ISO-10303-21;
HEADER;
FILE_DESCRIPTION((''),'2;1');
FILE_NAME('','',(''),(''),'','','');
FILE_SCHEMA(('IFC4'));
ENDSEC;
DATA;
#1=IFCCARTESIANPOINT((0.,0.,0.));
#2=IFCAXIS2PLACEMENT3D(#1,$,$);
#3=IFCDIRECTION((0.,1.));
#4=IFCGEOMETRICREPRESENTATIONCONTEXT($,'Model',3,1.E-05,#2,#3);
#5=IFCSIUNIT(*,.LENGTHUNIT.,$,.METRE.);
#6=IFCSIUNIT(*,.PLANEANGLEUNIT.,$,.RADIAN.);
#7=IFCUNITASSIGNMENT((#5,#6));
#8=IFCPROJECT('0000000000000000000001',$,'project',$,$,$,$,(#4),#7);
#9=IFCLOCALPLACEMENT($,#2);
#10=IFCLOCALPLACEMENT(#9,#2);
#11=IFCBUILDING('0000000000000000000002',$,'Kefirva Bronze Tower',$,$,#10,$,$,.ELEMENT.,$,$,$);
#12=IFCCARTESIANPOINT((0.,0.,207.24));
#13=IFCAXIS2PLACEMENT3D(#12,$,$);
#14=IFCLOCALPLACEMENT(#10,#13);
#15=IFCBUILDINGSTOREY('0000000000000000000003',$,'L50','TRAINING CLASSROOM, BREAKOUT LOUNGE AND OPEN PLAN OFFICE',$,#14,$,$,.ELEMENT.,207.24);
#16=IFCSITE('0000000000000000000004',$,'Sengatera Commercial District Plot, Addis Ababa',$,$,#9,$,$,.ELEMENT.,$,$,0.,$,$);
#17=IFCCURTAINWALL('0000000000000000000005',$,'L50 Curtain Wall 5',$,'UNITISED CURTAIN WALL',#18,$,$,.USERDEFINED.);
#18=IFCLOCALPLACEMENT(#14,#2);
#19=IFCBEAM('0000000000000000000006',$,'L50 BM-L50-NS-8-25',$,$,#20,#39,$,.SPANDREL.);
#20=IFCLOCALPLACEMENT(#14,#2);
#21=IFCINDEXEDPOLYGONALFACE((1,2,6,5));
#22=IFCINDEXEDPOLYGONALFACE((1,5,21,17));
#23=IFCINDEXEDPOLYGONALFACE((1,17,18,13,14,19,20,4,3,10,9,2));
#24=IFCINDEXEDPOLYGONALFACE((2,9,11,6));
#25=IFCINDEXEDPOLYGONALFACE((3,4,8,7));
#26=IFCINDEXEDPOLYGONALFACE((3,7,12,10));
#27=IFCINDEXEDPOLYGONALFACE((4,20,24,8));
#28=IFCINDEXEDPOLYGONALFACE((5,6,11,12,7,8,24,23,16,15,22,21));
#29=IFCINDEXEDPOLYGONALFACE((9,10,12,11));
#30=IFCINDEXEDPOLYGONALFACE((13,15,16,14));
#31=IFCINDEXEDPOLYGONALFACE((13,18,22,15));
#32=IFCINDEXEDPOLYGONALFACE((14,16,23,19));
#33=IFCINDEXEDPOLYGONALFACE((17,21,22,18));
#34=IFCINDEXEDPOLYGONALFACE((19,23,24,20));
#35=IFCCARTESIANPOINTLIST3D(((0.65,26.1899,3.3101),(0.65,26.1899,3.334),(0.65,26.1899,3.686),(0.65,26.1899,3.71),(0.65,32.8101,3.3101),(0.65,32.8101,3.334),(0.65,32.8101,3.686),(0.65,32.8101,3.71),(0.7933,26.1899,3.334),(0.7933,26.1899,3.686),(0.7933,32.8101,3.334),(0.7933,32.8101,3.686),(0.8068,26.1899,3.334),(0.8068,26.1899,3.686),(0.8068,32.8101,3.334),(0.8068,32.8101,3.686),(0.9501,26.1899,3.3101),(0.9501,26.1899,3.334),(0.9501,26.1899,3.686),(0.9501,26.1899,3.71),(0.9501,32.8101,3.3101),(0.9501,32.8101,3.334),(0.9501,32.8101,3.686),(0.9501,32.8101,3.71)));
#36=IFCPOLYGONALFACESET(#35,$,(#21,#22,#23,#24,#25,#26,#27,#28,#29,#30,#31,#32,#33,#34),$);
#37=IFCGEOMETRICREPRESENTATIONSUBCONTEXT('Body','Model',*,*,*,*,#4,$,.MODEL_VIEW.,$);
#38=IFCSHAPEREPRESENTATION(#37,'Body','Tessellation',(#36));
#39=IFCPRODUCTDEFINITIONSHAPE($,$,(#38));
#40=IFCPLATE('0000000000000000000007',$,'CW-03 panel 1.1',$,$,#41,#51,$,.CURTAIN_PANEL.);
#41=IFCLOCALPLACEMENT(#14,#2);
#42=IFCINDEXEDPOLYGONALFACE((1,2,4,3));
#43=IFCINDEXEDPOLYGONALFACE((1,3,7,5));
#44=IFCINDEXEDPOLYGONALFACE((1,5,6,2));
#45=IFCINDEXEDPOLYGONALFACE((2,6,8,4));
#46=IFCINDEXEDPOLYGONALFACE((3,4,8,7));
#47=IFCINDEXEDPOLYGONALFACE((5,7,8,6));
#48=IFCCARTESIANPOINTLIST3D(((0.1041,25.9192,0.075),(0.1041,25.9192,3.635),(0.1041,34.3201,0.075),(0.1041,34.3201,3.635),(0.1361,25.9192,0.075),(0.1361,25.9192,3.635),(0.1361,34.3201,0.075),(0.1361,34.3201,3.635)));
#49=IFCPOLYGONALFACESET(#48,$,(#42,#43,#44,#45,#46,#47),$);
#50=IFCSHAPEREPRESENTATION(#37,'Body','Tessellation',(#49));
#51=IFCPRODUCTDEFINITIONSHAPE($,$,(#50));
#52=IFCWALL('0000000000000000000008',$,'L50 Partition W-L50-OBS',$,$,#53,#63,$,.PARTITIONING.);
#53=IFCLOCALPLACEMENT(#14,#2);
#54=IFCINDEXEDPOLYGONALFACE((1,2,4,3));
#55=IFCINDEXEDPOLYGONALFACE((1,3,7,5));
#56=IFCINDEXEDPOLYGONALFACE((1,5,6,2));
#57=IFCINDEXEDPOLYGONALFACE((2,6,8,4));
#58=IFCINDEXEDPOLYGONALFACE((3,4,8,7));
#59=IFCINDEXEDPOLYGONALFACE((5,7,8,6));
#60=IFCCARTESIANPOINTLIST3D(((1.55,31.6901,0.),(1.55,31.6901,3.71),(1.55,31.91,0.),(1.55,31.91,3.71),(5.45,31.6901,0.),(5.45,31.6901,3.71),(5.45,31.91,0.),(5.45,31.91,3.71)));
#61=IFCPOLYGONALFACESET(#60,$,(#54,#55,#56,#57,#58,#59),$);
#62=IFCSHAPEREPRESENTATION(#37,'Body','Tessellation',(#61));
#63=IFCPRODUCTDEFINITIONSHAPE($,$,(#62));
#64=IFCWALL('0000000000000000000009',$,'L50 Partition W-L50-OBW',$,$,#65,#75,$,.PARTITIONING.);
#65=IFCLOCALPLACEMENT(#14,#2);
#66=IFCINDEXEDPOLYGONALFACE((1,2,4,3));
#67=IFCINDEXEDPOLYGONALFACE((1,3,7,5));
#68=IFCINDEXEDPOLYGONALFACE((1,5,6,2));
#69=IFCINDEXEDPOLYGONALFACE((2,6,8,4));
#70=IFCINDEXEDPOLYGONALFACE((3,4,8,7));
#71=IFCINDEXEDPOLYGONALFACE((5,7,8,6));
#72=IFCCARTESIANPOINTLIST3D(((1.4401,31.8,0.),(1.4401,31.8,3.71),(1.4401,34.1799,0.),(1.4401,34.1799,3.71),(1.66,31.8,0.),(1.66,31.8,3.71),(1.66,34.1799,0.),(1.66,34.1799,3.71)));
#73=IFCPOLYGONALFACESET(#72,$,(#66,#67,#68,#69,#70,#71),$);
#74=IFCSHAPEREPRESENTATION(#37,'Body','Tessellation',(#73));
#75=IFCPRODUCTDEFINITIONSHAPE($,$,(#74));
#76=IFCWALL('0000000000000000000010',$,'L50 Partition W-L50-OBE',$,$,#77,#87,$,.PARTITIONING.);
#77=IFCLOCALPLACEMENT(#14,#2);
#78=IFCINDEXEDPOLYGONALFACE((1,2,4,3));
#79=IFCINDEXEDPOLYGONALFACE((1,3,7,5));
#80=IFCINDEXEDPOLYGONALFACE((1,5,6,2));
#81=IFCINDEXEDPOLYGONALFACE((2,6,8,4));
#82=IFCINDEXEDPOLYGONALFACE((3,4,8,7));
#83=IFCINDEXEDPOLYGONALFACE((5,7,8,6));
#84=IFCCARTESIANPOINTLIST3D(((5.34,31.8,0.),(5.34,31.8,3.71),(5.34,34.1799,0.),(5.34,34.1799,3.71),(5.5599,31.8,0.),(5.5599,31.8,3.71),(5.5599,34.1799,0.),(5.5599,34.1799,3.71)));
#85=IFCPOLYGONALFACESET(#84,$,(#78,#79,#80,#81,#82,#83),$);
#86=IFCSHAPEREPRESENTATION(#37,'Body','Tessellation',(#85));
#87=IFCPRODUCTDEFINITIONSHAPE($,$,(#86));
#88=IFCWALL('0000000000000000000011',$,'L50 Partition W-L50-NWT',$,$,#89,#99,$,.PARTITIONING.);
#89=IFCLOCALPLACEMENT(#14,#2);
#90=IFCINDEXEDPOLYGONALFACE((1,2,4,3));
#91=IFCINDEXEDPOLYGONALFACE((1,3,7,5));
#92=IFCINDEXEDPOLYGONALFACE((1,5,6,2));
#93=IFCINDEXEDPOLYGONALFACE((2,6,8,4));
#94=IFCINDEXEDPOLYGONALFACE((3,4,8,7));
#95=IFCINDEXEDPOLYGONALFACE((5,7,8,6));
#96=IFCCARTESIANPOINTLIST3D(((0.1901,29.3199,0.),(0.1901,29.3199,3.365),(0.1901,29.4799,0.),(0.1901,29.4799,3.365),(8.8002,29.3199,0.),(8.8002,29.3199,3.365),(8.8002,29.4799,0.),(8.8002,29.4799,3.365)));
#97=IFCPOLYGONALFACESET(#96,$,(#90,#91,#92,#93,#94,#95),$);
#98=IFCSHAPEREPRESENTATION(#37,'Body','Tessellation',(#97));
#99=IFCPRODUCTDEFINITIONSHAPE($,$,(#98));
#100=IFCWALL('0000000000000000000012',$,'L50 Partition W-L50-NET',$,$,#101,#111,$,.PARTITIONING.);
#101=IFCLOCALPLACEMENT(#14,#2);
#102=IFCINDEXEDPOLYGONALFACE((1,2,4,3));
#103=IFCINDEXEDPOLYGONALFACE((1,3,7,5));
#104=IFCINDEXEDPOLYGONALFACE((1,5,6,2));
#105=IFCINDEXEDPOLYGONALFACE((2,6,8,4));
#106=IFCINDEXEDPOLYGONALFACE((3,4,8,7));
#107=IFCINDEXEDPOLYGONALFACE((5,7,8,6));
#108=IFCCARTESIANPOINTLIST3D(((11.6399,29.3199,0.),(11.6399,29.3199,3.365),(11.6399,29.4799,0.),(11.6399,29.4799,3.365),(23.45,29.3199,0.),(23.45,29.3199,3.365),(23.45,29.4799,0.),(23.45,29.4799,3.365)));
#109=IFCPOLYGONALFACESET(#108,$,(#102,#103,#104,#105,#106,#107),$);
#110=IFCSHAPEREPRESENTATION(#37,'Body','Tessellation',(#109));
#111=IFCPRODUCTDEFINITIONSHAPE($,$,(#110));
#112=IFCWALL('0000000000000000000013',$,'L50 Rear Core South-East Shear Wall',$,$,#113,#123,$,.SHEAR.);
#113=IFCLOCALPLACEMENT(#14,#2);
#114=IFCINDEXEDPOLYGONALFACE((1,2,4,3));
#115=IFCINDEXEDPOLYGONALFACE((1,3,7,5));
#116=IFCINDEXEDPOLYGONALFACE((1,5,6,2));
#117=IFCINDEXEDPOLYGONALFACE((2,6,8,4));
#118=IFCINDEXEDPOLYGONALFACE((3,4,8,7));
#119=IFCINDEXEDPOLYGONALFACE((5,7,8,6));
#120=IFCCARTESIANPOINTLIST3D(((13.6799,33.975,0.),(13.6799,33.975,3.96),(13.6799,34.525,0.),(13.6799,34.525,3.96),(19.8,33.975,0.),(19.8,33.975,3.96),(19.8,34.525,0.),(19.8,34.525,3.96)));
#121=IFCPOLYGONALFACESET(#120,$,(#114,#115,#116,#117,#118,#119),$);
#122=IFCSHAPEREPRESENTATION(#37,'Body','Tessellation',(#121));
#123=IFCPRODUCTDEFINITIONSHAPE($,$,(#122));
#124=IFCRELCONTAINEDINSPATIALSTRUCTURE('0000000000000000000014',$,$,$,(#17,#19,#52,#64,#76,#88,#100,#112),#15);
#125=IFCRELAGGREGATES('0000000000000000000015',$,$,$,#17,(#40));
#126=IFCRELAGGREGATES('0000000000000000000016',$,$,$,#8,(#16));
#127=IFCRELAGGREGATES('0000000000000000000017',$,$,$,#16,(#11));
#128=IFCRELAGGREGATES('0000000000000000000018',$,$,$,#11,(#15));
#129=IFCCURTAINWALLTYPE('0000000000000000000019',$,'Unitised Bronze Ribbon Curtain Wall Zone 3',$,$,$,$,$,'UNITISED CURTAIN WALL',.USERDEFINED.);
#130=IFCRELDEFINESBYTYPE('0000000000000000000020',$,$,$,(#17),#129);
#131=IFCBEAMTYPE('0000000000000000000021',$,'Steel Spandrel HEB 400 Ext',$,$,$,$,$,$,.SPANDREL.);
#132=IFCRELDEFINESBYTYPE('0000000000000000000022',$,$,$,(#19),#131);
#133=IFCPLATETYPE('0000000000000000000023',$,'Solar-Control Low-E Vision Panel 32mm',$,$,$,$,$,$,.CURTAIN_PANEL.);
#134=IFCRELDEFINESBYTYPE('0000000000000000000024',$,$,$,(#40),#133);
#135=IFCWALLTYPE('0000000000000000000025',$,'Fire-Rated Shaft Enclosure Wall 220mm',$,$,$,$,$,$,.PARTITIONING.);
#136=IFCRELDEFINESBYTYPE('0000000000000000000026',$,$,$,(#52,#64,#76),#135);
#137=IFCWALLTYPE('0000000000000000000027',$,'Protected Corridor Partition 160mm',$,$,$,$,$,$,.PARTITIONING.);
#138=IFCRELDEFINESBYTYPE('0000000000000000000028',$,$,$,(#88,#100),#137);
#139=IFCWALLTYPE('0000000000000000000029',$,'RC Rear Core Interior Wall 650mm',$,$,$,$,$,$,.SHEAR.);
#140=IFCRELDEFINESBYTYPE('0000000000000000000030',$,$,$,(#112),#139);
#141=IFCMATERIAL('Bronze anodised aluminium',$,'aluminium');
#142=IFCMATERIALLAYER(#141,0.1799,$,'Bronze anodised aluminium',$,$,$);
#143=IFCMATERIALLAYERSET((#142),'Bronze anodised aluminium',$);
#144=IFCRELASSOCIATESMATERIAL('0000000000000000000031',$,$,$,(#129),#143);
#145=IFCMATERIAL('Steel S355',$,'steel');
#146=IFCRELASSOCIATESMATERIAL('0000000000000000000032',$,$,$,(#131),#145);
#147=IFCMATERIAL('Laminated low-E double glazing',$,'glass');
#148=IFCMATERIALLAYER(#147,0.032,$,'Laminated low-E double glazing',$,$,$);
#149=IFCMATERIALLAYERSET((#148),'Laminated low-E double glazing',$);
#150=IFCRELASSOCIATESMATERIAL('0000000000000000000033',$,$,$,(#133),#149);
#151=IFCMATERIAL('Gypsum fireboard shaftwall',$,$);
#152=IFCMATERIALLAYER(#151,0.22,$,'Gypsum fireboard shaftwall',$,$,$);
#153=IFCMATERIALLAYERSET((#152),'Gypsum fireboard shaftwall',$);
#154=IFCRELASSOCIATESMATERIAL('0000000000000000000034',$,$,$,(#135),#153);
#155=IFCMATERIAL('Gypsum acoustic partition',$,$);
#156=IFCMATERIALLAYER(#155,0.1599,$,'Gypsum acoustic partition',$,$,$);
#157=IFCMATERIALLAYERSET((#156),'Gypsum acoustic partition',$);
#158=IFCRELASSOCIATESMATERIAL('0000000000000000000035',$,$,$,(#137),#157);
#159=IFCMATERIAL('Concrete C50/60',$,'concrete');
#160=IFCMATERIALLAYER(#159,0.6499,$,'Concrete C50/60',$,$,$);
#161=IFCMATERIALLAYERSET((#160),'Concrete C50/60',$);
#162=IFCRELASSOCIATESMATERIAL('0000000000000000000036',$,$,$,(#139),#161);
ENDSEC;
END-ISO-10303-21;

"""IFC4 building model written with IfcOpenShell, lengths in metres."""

from ifc_helpers import new_model, si_unit, direction, frame, frame_2d, origin, origin_2d, place, context, subcontext, project, spatial, rectangle, i_section, extrude, material, layer, layer_set, material_profile, profile_set, type_object, element, aggregate, save


model = new_model("IFC4")

# Units and contexts
model_context = context("Model", 3, precision=1e-05, world=origin(), true_north=direction((0.0, 1.0)))
body_context = subcontext(model_context, "Body", "Model", "MODEL_VIEW")
ifc_project = project(units=[si_unit("LENGTHUNIT", "METRE"), si_unit("PLANEANGLEUNIT", "RADIAN")], contexts=[model_context])

# Site, building, storey
site_placement = place(None, origin())
site = spatial("IfcSite", under=ifc_project, at=site_placement, Name="Sengatera Commercial District Plot, Addis Ababa", CompositionType="ELEMENT", RefElevation=0.0)
building_placement = place(site_placement, origin())
building = spatial("IfcBuilding", under=site, at=building_placement, Name="Kefirva Bronze Tower", CompositionType="ELEMENT")
storey_placement = place(building_placement, frame((0.0, 0.0, 207.24)))
storey = spatial("IfcBuildingStorey", under=building, at=storey_placement, Name="L50", Description="TRAINING CLASSROOM, BREAKOUT LOUNGE AND OPEN PLAN OFFICE", CompositionType="ELEMENT", Elevation=207.24)

# Shared definitions
ifc_material_1 = material(Name="Concrete C50/60", Category="concrete")

# Curtain wall
ifc_material_2 = material(Name="Bronze anodised aluminium", Category="aluminium")
ifc_layer_1 = layer(ifc_material_2, 0.1799, Name="Bronze anodised aluminium")
ifc_layer_set_1 = layer_set([ifc_layer_1], Name="Bronze anodised aluminium")
curtain_wall_type = type_object("IfcCurtainWallType", Name="Unitised Bronze Ribbon Curtain Wall Zone 3", ElementType="UNITISED CURTAIN WALL", PredefinedType="USERDEFINED", material=ifc_layer_set_1)
curtain_wall_placement = place(storey_placement, origin())
curtain_wall = element("IfcCurtainWall", 1, at=curtain_wall_placement, inside=storey, type_object=curtain_wall_type, Name="L50 Curtain Wall 5", ObjectType="UNITISED CURTAIN WALL", PredefinedType="USERDEFINED")

# Beam
ifc_material_3 = material(Name="Steel S355", Category="steel")
ifc_material_profile_1 = material_profile(ifc_material_3, i_section(OverallWidth=0.3, OverallDepth=0.3999, WebThickness=0.0134, FlangeThickness=0.0239, at=origin_2d()), Name="HEB 400")
ifc_profile_set_1 = profile_set([ifc_material_profile_1], Name="Steel S355")
beam_type_1 = type_object("IfcBeamType", Name="Steel Spandrel HEB 400 Ext", PredefinedType="SPANDREL", material=ifc_profile_set_1)
beam_1_placement = place(storey_placement, frame((0.8, 26.1899, 3.51), z_axis=(0.0, 1.0, 0.0), x_axis=(-1.0, 0.0, 0.0)))
element("IfcBeam", 2, at=beam_1_placement, inside=storey, type_object=beam_type_1, Name="L50 BM-L50-NS-8-25", PredefinedType="SPANDREL", context=body_context, shape_type="SweptSolid", body=[
    extrude(i_section(OverallWidth=0.3, OverallDepth=0.3999, WebThickness=0.0134, FlangeThickness=0.0239, at=origin_2d()), origin(), (0.0, 0.0, 1.0), 6.6201),
])

# Plate
ifc_material_4 = material(Name="Laminated low-E double glazing", Category="glass")
ifc_layer_2 = layer(ifc_material_4, 0.032, Name="Laminated low-E double glazing")
ifc_layer_set_2 = layer_set([ifc_layer_2], Name="Laminated low-E double glazing")
plate_type = type_object("IfcPlateType", Name="Solar-Control Low-E Vision Panel 32mm", PredefinedType="CURTAIN_PANEL", material=ifc_layer_set_2)
plate_placement = place(storey_placement, frame((0.1201, 30.1196, 0.075), z_axis=(0.0, 0.0, 1.0), x_axis=(0.0, -1.0, 0.0)))
plate = element("IfcPlate", 3, at=plate_placement, type_object=plate_type, Name="CW-03 panel 1.1", PredefinedType="CURTAIN_PANEL", context=body_context, shape_type="SweptSolid", body=[
    extrude(rectangle(XDim=8.4009, YDim=0.032, at=origin_2d()), origin(), (0.0, 0.0, 1.0), 3.5601),
])
aggregate(curtain_wall, [plate])

# Walls
ifc_material_5 = material(Name="Gypsum fireboard shaftwall")
ifc_layer_3 = layer(ifc_material_5, 0.22, Name="Gypsum fireboard shaftwall")
ifc_layer_set_3 = layer_set([ifc_layer_3], Name="Gypsum fireboard shaftwall")
wall_type_1 = type_object("IfcWallType", Name="Fire-Rated Shaft Enclosure Wall 220mm", PredefinedType="PARTITIONING", material=ifc_layer_set_3)
wall_1_placement = place(storey_placement, frame((1.55, 31.8, 0.0), z_axis=(0.0, 0.0, 1.0), x_axis=(1.0, 0.0, 0.0)))
element("IfcWall", 4, at=wall_1_placement, inside=storey, type_object=wall_type_1, Name="L50 Partition W-L50-OBS", PredefinedType="PARTITIONING", context=body_context, shape_type="SweptSolid", body=[
    extrude(rectangle(XDim=3.8999, YDim=0.22, at=frame_2d((1.95, 0.0))), origin(), (0.0, 0.0, 1.0), 3.71),
])
for number, where, z_axis, x_axis, name in (
    (5, (1.55, 31.8, 0.0), (0.0, 0.0, 1.0), (0.0, 1.0, 0.0), "L50 Partition W-L50-OBW"),
    (6, (5.45, 31.8, 0.0), (0.0, 0.0, 1.0), (0.0, 1.0, 0.0), "L50 Partition W-L50-OBE"),
):
    element("IfcWall", number, at=place(storey_placement, frame(where, z_axis=z_axis, x_axis=x_axis)), inside=storey, type_object=wall_type_1, Name=name, PredefinedType="PARTITIONING", context=body_context, shape_type="SweptSolid", body=[
        extrude(rectangle(XDim=2.3799, YDim=0.22, at=frame_2d((1.1899, 0.0))), origin(), (0.0, 0.0, 1.0), 3.71),
    ])
ifc_material_6 = material(Name="Gypsum acoustic partition")
ifc_layer_4 = layer(ifc_material_6, 0.1599, Name="Gypsum acoustic partition")
ifc_layer_set_4 = layer_set([ifc_layer_4], Name="Gypsum acoustic partition")
wall_type_2 = type_object("IfcWallType", Name="Protected Corridor Partition 160mm", PredefinedType="PARTITIONING", material=ifc_layer_set_4)
wall_2_placement = place(storey_placement, frame((0.1899, 29.3999, 0.0), z_axis=(0.0, 0.0, 1.0), x_axis=(1.0, 0.0, 0.0)))
element("IfcWall", 7, at=wall_2_placement, inside=storey, type_object=wall_type_2, Name="L50 Partition W-L50-NWT", PredefinedType="PARTITIONING", context=body_context, shape_type="SweptSolid", body=[
    extrude(rectangle(XDim=8.6101, YDim=0.1599, at=frame_2d((4.3052, 0.0))), origin(), (0.0, 0.0, 1.0), 3.365),
])
wall_3_placement = place(storey_placement, frame((11.6399, 29.3999, 0.0), z_axis=(0.0, 0.0, 1.0), x_axis=(1.0, 0.0, 0.0)))
element("IfcWall", 8, at=wall_3_placement, inside=storey, type_object=wall_type_2, Name="L50 Partition W-L50-NET", PredefinedType="PARTITIONING", context=body_context, shape_type="SweptSolid", body=[
    extrude(rectangle(XDim=11.8101, YDim=0.1599, at=frame_2d((5.905, 0.0))), origin(), (0.0, 0.0, 1.0), 3.365),
])

# Shared definitions
ifc_layer_5 = layer(ifc_material_1, 0.6499, Name="Concrete C50/60")
ifc_layer_set_5 = layer_set([ifc_layer_5], Name="Concrete C50/60")
wall_type_3 = type_object("IfcWallType", Name="RC Rear Core Interior Wall 650mm", PredefinedType="SHEAR", material=ifc_layer_set_5)

# Wall
wall_4_placement = place(storey_placement, frame((13.6799, 34.25, 0.0), z_axis=(0.0, 0.0, 1.0), x_axis=(1.0, 0.0, 0.0)))
element("IfcWall", 9, at=wall_4_placement, inside=storey, type_object=wall_type_3, Name="L50 Rear Core South-East Shear Wall", PredefinedType="SHEAR", context=body_context, shape_type="SweptSolid", body=[
    extrude(rectangle(XDim=6.1201, YDim=0.55, at=frame_2d((3.0601, 0.0))), origin(), (0.0, 0.0, 1.0), 3.96),
])

save(model, "model.ifc")
